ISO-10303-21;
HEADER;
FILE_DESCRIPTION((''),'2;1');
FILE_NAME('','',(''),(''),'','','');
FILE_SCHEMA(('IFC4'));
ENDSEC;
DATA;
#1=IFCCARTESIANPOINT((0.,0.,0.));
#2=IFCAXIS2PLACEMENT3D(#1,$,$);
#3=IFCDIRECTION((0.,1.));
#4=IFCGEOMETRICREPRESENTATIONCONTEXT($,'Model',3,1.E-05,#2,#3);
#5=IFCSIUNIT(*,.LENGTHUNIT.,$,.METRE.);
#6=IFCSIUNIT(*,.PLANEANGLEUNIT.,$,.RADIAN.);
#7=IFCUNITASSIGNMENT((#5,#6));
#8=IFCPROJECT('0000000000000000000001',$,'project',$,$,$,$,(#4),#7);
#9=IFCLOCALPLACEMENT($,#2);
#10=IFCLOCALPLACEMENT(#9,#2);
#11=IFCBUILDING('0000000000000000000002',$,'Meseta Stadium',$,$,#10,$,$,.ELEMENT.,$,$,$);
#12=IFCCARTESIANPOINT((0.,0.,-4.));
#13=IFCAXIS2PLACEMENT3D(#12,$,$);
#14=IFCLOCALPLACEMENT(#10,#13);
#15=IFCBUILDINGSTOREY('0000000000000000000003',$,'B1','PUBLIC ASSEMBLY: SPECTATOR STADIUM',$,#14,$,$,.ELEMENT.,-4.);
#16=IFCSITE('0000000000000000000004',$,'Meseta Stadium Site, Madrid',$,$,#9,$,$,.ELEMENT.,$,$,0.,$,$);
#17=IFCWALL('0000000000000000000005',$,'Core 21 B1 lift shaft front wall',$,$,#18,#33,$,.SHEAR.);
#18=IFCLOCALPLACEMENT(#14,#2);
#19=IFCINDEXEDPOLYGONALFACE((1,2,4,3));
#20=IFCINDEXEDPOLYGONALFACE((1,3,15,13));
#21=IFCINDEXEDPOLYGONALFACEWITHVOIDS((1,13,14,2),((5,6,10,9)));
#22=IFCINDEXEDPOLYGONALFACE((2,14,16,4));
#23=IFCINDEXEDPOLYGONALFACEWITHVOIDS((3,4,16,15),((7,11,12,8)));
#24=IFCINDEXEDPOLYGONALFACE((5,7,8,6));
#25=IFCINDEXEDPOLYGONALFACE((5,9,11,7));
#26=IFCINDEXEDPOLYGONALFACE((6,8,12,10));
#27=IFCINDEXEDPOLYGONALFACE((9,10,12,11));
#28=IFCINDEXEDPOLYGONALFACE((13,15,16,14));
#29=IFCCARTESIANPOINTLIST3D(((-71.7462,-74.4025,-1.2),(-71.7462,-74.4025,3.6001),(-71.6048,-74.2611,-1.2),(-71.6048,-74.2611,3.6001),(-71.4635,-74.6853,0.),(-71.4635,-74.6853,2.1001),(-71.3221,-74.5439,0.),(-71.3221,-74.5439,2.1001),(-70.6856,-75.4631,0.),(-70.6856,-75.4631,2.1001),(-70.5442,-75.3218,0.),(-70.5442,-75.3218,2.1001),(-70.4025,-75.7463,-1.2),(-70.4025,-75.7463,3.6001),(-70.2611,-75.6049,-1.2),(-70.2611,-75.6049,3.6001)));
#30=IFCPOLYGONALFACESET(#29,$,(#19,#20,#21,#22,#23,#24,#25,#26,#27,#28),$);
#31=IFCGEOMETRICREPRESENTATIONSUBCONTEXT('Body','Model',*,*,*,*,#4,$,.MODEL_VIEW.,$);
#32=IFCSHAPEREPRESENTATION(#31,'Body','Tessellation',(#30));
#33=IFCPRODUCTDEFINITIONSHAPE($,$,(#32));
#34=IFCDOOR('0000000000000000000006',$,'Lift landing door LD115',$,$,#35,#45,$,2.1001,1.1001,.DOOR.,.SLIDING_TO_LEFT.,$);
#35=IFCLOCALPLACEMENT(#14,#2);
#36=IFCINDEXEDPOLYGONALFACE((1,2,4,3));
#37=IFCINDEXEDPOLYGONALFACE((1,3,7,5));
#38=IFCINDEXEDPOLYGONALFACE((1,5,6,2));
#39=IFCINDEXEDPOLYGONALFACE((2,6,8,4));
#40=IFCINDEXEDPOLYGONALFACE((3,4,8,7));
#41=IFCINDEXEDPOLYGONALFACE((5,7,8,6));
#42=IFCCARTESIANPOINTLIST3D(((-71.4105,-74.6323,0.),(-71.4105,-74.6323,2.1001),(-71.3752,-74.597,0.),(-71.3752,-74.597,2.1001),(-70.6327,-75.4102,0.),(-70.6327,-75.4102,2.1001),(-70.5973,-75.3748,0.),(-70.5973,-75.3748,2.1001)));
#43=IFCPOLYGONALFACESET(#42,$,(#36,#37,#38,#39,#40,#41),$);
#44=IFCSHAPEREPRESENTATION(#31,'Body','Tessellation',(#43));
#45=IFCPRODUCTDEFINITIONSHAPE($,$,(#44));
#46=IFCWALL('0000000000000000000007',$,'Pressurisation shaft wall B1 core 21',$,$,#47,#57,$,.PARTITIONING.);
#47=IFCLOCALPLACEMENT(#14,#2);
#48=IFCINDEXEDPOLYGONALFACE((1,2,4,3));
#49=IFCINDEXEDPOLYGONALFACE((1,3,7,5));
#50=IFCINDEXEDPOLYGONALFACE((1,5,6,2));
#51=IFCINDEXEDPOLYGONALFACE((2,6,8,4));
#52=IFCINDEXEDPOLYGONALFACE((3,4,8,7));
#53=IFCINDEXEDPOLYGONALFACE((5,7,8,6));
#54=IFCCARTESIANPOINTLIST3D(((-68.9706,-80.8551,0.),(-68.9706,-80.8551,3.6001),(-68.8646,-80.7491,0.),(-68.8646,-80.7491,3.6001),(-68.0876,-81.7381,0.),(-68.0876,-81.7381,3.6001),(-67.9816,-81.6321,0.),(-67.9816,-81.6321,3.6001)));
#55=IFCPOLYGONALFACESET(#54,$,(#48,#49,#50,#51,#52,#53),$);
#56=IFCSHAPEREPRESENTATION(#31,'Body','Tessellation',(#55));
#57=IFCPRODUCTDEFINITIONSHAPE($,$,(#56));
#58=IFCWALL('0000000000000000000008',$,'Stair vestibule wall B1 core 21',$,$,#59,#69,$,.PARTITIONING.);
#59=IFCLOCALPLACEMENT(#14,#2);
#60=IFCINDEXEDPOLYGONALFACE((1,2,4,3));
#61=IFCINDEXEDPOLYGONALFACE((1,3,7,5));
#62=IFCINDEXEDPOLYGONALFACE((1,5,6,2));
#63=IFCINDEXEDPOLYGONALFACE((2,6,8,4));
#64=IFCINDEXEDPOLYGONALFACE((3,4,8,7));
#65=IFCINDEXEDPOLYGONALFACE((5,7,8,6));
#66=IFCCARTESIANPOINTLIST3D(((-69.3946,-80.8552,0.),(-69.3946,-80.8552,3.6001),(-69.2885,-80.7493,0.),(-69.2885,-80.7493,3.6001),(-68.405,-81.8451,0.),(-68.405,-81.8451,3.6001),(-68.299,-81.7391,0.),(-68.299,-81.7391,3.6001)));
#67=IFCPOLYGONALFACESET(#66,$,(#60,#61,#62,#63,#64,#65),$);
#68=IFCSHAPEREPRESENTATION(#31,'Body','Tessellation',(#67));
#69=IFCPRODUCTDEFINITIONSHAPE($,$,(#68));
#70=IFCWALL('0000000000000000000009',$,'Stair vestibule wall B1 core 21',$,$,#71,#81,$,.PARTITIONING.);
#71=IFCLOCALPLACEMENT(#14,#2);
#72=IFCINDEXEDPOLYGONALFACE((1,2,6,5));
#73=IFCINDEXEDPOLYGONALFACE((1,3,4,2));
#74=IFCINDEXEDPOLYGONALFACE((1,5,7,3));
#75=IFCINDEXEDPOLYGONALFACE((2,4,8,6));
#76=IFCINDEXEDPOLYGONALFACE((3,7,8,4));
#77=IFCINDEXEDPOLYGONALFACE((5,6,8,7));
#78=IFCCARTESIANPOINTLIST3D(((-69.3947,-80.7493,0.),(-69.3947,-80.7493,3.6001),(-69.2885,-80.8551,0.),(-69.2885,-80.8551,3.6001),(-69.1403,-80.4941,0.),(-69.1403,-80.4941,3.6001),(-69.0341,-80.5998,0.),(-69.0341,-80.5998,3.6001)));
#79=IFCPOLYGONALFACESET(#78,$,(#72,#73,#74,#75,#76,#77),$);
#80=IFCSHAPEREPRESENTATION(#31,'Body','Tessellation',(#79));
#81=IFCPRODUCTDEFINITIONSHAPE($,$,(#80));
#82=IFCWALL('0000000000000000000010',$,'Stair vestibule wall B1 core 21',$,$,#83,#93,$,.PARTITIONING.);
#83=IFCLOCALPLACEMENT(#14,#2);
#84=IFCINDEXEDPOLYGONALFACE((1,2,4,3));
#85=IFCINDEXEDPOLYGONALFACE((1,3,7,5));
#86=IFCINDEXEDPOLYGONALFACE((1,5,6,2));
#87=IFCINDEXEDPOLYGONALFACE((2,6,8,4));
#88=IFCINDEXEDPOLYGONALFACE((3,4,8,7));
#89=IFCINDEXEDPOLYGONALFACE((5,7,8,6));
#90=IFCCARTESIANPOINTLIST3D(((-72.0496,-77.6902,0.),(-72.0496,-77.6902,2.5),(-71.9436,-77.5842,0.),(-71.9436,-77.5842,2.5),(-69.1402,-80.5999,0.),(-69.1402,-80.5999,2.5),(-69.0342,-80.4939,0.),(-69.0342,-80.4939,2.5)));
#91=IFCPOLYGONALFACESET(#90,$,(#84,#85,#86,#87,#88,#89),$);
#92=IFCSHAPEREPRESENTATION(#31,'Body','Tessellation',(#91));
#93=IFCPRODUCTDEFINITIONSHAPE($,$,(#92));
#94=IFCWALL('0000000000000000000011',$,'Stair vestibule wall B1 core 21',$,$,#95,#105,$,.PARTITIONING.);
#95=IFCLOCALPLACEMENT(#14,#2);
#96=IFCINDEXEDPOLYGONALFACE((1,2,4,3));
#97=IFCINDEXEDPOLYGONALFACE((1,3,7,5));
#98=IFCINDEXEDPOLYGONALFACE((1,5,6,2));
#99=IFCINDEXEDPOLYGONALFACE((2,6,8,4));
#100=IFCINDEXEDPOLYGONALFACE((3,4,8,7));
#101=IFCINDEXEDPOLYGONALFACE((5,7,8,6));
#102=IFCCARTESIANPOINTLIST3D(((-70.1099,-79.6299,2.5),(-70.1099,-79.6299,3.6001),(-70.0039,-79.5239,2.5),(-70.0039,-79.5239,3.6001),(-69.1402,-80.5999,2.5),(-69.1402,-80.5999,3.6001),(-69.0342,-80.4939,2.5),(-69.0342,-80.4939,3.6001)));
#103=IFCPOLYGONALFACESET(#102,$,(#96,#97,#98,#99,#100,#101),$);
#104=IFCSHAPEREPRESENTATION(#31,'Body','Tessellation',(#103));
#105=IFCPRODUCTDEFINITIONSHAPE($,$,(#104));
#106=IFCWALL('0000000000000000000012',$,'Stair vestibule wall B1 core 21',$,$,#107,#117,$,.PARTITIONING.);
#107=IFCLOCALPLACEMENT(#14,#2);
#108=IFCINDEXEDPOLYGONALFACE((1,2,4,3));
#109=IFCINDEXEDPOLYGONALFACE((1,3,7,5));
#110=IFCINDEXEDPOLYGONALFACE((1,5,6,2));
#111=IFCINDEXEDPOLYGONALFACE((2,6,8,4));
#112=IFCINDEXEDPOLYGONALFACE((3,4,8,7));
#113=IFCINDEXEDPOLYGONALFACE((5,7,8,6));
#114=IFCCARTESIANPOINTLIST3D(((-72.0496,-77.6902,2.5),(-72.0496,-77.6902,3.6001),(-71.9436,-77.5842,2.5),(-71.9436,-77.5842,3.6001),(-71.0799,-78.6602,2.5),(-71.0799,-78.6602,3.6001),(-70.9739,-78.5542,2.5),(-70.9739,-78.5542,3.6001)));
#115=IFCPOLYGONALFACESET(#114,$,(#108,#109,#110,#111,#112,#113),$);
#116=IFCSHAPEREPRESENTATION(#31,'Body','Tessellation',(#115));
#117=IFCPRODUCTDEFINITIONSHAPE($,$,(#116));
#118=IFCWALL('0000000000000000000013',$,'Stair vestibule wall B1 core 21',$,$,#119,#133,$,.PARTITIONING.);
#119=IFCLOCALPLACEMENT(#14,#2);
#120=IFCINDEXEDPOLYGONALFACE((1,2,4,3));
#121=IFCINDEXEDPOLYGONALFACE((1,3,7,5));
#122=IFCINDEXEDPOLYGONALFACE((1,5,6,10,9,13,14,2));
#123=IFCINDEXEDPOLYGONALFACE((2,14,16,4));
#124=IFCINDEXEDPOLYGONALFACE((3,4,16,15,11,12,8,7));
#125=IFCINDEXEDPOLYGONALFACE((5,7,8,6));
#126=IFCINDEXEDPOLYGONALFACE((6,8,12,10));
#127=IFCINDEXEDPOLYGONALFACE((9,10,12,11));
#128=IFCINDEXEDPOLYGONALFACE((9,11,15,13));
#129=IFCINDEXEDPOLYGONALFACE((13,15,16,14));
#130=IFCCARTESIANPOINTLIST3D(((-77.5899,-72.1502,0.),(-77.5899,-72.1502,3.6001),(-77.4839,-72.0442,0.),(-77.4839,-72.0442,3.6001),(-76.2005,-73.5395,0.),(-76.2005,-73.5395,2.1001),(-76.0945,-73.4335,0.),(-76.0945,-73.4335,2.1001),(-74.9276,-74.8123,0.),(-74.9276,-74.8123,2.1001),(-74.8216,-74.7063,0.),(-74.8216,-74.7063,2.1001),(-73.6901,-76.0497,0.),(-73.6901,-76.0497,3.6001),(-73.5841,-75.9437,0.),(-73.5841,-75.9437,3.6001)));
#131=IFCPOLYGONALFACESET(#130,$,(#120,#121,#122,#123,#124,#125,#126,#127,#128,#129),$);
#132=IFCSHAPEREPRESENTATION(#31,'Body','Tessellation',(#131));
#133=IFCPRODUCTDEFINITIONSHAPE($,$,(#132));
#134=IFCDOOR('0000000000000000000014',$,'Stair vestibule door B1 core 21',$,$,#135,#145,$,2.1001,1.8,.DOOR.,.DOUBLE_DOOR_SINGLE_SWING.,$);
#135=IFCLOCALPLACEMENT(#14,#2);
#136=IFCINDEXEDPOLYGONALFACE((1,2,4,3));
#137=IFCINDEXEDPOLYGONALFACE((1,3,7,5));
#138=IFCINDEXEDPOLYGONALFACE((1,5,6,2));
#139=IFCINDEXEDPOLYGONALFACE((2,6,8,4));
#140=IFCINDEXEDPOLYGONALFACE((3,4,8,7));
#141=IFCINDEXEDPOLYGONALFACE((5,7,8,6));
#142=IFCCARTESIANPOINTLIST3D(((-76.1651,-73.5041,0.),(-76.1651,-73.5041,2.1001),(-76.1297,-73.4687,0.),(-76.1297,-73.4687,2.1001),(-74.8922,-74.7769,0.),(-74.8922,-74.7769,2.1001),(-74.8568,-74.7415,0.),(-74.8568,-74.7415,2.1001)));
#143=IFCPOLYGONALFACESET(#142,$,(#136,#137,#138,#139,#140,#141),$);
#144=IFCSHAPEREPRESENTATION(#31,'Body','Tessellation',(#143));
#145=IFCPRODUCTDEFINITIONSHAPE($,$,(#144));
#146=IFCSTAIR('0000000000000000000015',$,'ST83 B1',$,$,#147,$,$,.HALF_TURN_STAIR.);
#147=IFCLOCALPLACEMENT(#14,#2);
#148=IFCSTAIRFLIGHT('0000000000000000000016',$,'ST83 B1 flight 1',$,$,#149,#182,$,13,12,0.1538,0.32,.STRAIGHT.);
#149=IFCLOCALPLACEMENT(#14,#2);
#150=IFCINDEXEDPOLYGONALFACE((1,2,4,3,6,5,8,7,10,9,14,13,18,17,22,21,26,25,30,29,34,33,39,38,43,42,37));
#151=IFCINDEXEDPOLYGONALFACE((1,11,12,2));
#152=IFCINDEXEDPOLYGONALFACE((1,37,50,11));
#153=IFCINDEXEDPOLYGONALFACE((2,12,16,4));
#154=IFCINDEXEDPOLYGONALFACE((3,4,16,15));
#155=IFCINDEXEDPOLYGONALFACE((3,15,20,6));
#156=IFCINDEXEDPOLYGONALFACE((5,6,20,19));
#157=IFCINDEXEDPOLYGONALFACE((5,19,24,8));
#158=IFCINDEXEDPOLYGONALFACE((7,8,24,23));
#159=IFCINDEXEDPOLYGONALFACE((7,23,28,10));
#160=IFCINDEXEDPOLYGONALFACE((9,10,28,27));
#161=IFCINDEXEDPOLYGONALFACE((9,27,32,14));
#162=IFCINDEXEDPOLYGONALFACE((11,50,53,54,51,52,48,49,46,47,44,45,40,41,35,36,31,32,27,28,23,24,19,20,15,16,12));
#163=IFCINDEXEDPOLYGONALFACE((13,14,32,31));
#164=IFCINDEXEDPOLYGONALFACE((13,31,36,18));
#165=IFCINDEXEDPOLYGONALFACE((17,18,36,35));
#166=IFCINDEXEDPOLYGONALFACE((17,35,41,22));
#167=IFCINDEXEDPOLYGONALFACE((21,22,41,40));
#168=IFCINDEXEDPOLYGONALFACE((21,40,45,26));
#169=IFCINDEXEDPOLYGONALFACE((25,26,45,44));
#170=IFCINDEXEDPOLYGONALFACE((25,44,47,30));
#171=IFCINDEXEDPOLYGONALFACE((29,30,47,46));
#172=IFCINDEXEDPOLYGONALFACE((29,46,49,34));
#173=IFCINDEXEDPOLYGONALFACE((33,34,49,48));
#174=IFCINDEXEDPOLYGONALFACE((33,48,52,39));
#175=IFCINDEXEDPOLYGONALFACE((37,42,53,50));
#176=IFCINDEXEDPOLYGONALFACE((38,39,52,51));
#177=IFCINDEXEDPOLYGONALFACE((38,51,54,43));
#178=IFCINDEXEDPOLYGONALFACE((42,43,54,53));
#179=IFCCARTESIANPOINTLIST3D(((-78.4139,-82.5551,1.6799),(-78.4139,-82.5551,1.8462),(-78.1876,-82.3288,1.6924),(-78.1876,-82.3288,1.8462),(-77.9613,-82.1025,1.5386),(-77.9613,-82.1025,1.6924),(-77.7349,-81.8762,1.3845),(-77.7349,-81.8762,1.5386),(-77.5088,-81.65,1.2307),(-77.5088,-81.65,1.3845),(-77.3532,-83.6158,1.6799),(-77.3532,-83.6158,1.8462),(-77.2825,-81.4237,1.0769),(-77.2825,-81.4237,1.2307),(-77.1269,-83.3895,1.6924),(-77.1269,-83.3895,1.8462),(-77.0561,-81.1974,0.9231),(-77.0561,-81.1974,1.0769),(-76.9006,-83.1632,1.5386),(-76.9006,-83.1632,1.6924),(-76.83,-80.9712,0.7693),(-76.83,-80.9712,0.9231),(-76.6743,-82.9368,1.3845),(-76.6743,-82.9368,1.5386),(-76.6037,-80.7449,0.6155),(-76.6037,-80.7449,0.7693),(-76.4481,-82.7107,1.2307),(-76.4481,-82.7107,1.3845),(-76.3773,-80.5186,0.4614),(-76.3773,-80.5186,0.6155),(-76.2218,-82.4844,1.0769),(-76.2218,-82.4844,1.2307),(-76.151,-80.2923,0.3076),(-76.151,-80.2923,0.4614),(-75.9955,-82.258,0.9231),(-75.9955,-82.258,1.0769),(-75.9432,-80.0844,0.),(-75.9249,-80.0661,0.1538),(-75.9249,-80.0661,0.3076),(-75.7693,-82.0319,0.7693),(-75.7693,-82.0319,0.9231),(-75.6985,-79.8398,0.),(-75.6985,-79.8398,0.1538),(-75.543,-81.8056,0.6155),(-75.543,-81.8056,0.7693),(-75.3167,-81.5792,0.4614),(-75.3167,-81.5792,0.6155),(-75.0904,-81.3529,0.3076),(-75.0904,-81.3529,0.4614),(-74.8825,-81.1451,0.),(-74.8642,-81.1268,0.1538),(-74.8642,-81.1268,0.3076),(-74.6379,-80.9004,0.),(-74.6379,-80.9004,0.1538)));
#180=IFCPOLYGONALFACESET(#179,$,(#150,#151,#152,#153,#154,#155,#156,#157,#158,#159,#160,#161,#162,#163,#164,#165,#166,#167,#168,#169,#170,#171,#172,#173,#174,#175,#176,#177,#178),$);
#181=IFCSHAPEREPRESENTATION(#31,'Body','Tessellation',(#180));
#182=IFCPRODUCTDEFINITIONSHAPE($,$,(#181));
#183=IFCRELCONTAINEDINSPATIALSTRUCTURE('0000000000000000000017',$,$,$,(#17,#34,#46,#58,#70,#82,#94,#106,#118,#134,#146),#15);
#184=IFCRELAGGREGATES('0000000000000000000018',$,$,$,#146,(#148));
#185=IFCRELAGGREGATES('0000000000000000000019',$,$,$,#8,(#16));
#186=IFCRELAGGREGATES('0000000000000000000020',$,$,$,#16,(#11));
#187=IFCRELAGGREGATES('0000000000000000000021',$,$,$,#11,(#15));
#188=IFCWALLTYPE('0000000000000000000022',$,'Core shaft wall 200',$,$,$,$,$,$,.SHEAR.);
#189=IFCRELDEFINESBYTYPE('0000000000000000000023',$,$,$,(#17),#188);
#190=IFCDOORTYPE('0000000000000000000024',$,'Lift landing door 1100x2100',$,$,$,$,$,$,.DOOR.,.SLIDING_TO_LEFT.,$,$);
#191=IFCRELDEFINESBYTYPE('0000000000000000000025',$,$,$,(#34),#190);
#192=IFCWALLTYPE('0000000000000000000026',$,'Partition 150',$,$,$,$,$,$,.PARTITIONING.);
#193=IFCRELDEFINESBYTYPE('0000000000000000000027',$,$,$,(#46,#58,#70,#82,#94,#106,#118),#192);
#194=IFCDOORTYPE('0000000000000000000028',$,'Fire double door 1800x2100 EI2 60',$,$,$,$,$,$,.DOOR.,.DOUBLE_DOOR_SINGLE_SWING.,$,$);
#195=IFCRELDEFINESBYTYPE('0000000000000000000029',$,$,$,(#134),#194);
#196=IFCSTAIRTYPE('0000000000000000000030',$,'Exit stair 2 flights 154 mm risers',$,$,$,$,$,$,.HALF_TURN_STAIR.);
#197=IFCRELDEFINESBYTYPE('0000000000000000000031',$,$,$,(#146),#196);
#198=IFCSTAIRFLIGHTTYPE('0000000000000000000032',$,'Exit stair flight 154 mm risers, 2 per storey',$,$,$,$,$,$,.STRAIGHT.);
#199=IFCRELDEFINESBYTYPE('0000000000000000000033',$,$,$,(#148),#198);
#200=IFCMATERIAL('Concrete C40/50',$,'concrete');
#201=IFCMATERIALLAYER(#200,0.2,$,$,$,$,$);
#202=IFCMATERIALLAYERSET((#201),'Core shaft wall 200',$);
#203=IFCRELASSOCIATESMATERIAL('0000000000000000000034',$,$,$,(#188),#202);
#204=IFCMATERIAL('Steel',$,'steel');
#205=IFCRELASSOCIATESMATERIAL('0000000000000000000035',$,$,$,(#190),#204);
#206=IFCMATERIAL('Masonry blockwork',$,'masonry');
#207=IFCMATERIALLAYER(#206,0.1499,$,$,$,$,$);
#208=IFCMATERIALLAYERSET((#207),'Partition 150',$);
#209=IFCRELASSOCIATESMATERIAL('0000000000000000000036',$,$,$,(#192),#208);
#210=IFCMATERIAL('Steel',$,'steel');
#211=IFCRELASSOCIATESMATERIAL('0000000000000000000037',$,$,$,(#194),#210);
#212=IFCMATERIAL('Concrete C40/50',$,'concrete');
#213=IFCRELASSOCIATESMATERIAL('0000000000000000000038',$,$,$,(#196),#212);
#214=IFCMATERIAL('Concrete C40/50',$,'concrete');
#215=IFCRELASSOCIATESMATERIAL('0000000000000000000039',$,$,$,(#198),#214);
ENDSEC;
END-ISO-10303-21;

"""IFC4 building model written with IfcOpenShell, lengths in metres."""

from ifc_helpers import new_model, si_unit, direction, frame, frame_2d, origin, place, context, subcontext, project, spatial, polyline, rectangle, outline, extrude, material, layer, layer_set, type_object, element, fill, aggregate, save


model = new_model("IFC4")

# Units and contexts
model_context = context("Model", 3, precision=1e-05, world=origin(), true_north=direction((0.0, 1.0)))
body_context = subcontext(model_context, "Body", "Model", "MODEL_VIEW")
ifc_project = project(units=[si_unit("LENGTHUNIT", "METRE"), si_unit("PLANEANGLEUNIT", "RADIAN")], contexts=[model_context])

# Site, building, storey
site_placement = place(None, origin())
site = spatial("IfcSite", under=ifc_project, at=site_placement, Name="Meseta Stadium Site, Madrid", CompositionType="ELEMENT", RefElevation=0.0)
building_placement = place(site_placement, origin())
building = spatial("IfcBuilding", under=site, at=building_placement, Name="Meseta Stadium", CompositionType="ELEMENT")
storey_placement = place(building_placement, frame((0.0, 0.0, -4.0)))
storey = spatial("IfcBuildingStorey", under=building, at=storey_placement, Name="B1", Description="PUBLIC ASSEMBLY: SPECTATOR STADIUM", CompositionType="ELEMENT", Elevation=-4.0)

# Shared definitions
ifc_material_1 = material(Name="Concrete C40/50", Category="concrete")
ifc_layer_1 = layer(ifc_material_1, 0.2)
ifc_layer_set_1 = layer_set([ifc_layer_1], Name="Core shaft wall 200")
wall_type_1 = type_object("IfcWallType", Name="Core shaft wall 200", PredefinedType="SHEAR", material=ifc_layer_set_1)

# Wall, opening, door
wall_1_placement = place(storey_placement, frame((-71.6755, -74.3318, -1.2), z_axis=(0.0, 0.0, 1.0), x_axis=(0.707107, -0.707107, 0.0)))
wall_1 = element("IfcWall", 1, at=wall_1_placement, inside=storey, type_object=wall_type_1, Name="Core 21 B1 lift shaft front wall", PredefinedType="SHEAR", context=body_context, shape_type="SweptSolid", body=[
    extrude(rectangle(XDim=1.9004, YDim=0.2, at=frame_2d((0.9502, 0.0))), origin(), (0.0, 0.0, 1.0), 4.8),
])
opening_1_placement = place(wall_1_placement, frame((0.3999, 0.0, 1.2)))
opening_1 = element("IfcOpeningElement", 2, at=opening_1_placement, cuts=wall_1, PredefinedType="OPENING", context=body_context, shape_type="SweptSolid", body=[
    extrude(rectangle(XDim=1.1001, YDim=2.1001, at=frame_2d((0.55, 1.05))), frame((0.0, 0.1099, 0.0), z_axis=(0.0, -1.0, 0.0), x_axis=(1.0, 0.0, 0.0)), (0.0, 0.0, 1.0), 0.22),
])
ifc_material_2 = material(Name="Steel", Category="steel")
door_type_1 = type_object("IfcDoorType", Name="Lift landing door 1100x2100", OperationType="SLIDING_TO_LEFT", PredefinedType="DOOR", material=ifc_material_2)
door_1_placement = place(opening_1_placement, origin())
door_1 = element("IfcDoor", 3, at=door_1_placement, inside=storey, type_object=door_type_1, Name="Lift landing door LD115", OperationType="SLIDING_TO_LEFT", OverallHeight=2.1001, OverallWidth=1.1001, PredefinedType="DOOR", context=body_context, shape_type="SweptSolid", body=[
    extrude(rectangle(XDim=1.1001, YDim=2.1001, at=frame_2d((0.55, 1.05))), frame((0.0, 0.0249, 0.0), z_axis=(0.0, -1.0, 0.0), x_axis=(1.0, 0.0, 0.0)), (0.0, 0.0, 1.0), 0.05),
])
fill(opening_1, door_1)

# Walls
ifc_material_3 = material(Name="Masonry blockwork", Category="masonry")
ifc_layer_2 = layer(ifc_material_3, 0.1499)
ifc_layer_set_2 = layer_set([ifc_layer_2], Name="Partition 150")
wall_type_2 = type_object("IfcWallType", Name="Partition 150", PredefinedType="PARTITIONING", material=ifc_layer_set_2)
wall_2_placement = place(storey_placement, frame((-68.9177, -80.802, 0.0), z_axis=(0.0, 0.0, 1.0), x_axis=(0.707107, -0.707107, 0.0)))
element("IfcWall", 4, at=wall_2_placement, inside=storey, type_object=wall_type_2, Name="Pressurisation shaft wall B1 core 21", PredefinedType="PARTITIONING", context=body_context, shape_type="SweptSolid", body=[
    extrude(rectangle(XDim=1.2488, YDim=0.1499, at=frame_2d((0.6245, 0.0))), origin(), (0.0, 0.0, 1.0), 3.6001),
])
wall_3_placement = place(storey_placement, frame((-68.3521, -81.792, 0.0), z_axis=(0.0, 0.0, 1.0), x_axis=(-0.70702, 0.707194, 0.0)))
element("IfcWall", 5, at=wall_3_placement, inside=storey, type_object=wall_type_2, Name="Stair vestibule wall B1 core 21", PredefinedType="PARTITIONING", context=body_context, shape_type="SweptSolid", body=[
    extrude(rectangle(XDim=1.3997, YDim=0.1499, at=frame_2d((0.6997, 0.0))), origin(), (0.0, 0.0, 1.0), 3.6001),
])
wall_4_placement = place(storey_placement, frame((-69.3416, -80.8022, 0.0), z_axis=(0.0, 0.0, 1.0), x_axis=(0.705751, 0.70846, 0.0)))
element("IfcWall", 6, at=wall_4_placement, inside=storey, type_object=wall_type_2, Name="Stair vestibule wall B1 core 21", PredefinedType="PARTITIONING", context=body_context, shape_type="SweptSolid", body=[
    extrude(rectangle(XDim=0.3604, YDim=0.1499, at=frame_2d((0.1802, 0.0))), origin(), (0.0, 0.0, 1.0), 3.6001),
])
wall_5_placement = place(storey_placement, frame((-69.0872, -80.5469, 0.0), z_axis=(0.0, 0.0, 1.0), x_axis=(-0.707077, 0.707136, 0.0)))
element("IfcWall", 7, at=wall_5_placement, inside=storey, type_object=wall_type_2, Name="Stair vestibule wall B1 core 21", PredefinedType="PARTITIONING", context=body_context, shape_type="SweptSolid", body=[
    extrude(rectangle(XDim=4.1147, YDim=0.1499, at=frame_2d((2.0574, 0.0))), origin(), (0.0, 0.0, 1.0), 2.5),
])
for number, where, z_axis, x_axis, name in (
    (8, (-69.0872, -80.5469, 2.5), (0.0, 0.0, 1.0), (-0.707018, 0.707196, 0.0), "Stair vestibule wall B1 core 21"),
    (9, (-71.0269, -78.6072, 2.5), (0.0, 0.0, 1.0), (-0.707018, 0.707196, 0.0), "Stair vestibule wall B1 core 21"),
):
    element("IfcWall", number, at=place(storey_placement, frame(where, z_axis=z_axis, x_axis=x_axis)), inside=storey, type_object=wall_type_2, Name=name, PredefinedType="PARTITIONING", context=body_context, shape_type="SweptSolid", body=[
        extrude(rectangle(XDim=1.3716, YDim=0.1499, at=frame_2d((0.6858, 0.0))), origin(), (0.0, 0.0, 1.0), 1.1001),
    ])

# Wall, opening, door
wall_6_placement = place(storey_placement, frame((-73.6372, -75.9966, 0.0), z_axis=(0.0, 0.0, 1.0), x_axis=(-0.707129, 0.707085, 0.0)))
wall_6 = element("IfcWall", 10, at=wall_6_placement, inside=storey, type_object=wall_type_2, Name="Stair vestibule wall B1 core 21", PredefinedType="PARTITIONING", context=body_context, shape_type="SweptSolid", body=[
    extrude(rectangle(XDim=5.5149, YDim=0.1499, at=frame_2d((2.7573, 0.0))), origin(), (0.0, 0.0, 1.0), 3.6001),
])
opening_2_placement = place(wall_6_placement, frame((1.75, 0.0, 0.0)))
opening_2 = element("IfcOpeningElement", 11, at=opening_2_placement, cuts=wall_6, PredefinedType="OPENING", context=body_context, shape_type="SweptSolid", body=[
    extrude(rectangle(XDim=1.8, YDim=2.1001, at=frame_2d((0.8999, 1.05))), frame((0.0, 0.085, 0.0), z_axis=(0.0, -1.0, 0.0), x_axis=(1.0, 0.0, 0.0)), (0.0, 0.0, 1.0), 0.1699),
])
ifc_material_4 = material(Name="Steel", Category="steel")
door_type_2 = type_object("IfcDoorType", Name="Fire double door 1800x2100 EI2 60", OperationType="DOUBLE_DOOR_SINGLE_SWING", PredefinedType="DOOR", material=ifc_material_4)
door_2_placement = place(opening_2_placement, origin())
door_2 = element("IfcDoor", 12, at=door_2_placement, inside=storey, type_object=door_type_2, Name="Stair vestibule door B1 core 21", OperationType="DOUBLE_DOOR_SINGLE_SWING", OverallHeight=2.1001, OverallWidth=1.8, PredefinedType="DOOR", context=body_context, shape_type="SweptSolid", body=[
    extrude(rectangle(XDim=1.8, YDim=2.1001, at=frame_2d((0.8999, 1.05))), frame((0.0, 0.0249, 0.0), z_axis=(0.0, -1.0, 0.0), x_axis=(1.0, 0.0, 0.0)), (0.0, 0.0, 1.0), 0.05),
])
fill(opening_2, door_2)

# Stair, stair flight
ifc_material_5 = material(Name="Concrete C40/50", Category="concrete")
stair_type = type_object("IfcStairType", Name="Exit stair 2 flights 154 mm risers", PredefinedType="HALF_TURN_STAIR", material=ifc_material_5)
stair_placement = place(storey_placement, origin())
stair = element("IfcStair", 13, at=stair_placement, inside=storey, type_object=stair_type, Name="ST83 B1", PredefinedType="HALF_TURN_STAIR")
ifc_material_6 = material(Name="Concrete C40/50", Category="concrete")
stair_flight_type = type_object("IfcStairFlightType", Name="Exit stair flight 154 mm risers, 2 per storey", PredefinedType="STRAIGHT", material=ifc_material_6)
stair_flight_placement = place(storey_placement, frame((-75.1682, -80.3701, 0.0), z_axis=(0.0, 0.0, 1.0), x_axis=(-0.707107, -0.707107, 0.0)))
stair_flight = element("IfcStairFlight", 14, at=stair_flight_placement, type_object=stair_flight_type, Name="ST83 B1 flight 1", NumberOfRisers=13, NumberOfTreads=12, PredefinedType="STRAIGHT", RiserHeight=0.1538, TreadLength=0.32, context=body_context, shape_type="SweptSolid", body=[
    extrude(outline(polyline([(0.0, 0.0), (0.0, 0.1538), (0.3201, 0.1538), (0.3201, 0.3076), (0.6399, 0.3076), (0.6399, 0.4614), (0.96, 0.4614), (0.96, 0.6155), (1.28, 0.6155), (1.28, 0.7693), (1.6001, 0.7693), (1.6001, 0.9231), (1.9199, 0.9231), (1.9199, 1.0769), (2.24, 1.0769), (2.24, 1.2307), (2.5601, 1.2307), (2.5601, 1.3845), (2.8799, 1.3845), (2.8799, 1.5386), (3.2, 1.5386), (3.2, 1.6924), (3.52, 1.6924), (3.52, 1.8462), (3.8401, 1.8462), (3.8401, 1.6799), (0.3459, 0.0), (0.0, 0.0)])), frame((0.0, 0.75, 0.0), z_axis=(0.0, -1.0, 0.0), x_axis=(1.0, 0.0, 0.0)), (0.0, 0.0, 1.0), 1.5),
])
aggregate(stair, [stair_flight])

save(model, "model.ifc")
